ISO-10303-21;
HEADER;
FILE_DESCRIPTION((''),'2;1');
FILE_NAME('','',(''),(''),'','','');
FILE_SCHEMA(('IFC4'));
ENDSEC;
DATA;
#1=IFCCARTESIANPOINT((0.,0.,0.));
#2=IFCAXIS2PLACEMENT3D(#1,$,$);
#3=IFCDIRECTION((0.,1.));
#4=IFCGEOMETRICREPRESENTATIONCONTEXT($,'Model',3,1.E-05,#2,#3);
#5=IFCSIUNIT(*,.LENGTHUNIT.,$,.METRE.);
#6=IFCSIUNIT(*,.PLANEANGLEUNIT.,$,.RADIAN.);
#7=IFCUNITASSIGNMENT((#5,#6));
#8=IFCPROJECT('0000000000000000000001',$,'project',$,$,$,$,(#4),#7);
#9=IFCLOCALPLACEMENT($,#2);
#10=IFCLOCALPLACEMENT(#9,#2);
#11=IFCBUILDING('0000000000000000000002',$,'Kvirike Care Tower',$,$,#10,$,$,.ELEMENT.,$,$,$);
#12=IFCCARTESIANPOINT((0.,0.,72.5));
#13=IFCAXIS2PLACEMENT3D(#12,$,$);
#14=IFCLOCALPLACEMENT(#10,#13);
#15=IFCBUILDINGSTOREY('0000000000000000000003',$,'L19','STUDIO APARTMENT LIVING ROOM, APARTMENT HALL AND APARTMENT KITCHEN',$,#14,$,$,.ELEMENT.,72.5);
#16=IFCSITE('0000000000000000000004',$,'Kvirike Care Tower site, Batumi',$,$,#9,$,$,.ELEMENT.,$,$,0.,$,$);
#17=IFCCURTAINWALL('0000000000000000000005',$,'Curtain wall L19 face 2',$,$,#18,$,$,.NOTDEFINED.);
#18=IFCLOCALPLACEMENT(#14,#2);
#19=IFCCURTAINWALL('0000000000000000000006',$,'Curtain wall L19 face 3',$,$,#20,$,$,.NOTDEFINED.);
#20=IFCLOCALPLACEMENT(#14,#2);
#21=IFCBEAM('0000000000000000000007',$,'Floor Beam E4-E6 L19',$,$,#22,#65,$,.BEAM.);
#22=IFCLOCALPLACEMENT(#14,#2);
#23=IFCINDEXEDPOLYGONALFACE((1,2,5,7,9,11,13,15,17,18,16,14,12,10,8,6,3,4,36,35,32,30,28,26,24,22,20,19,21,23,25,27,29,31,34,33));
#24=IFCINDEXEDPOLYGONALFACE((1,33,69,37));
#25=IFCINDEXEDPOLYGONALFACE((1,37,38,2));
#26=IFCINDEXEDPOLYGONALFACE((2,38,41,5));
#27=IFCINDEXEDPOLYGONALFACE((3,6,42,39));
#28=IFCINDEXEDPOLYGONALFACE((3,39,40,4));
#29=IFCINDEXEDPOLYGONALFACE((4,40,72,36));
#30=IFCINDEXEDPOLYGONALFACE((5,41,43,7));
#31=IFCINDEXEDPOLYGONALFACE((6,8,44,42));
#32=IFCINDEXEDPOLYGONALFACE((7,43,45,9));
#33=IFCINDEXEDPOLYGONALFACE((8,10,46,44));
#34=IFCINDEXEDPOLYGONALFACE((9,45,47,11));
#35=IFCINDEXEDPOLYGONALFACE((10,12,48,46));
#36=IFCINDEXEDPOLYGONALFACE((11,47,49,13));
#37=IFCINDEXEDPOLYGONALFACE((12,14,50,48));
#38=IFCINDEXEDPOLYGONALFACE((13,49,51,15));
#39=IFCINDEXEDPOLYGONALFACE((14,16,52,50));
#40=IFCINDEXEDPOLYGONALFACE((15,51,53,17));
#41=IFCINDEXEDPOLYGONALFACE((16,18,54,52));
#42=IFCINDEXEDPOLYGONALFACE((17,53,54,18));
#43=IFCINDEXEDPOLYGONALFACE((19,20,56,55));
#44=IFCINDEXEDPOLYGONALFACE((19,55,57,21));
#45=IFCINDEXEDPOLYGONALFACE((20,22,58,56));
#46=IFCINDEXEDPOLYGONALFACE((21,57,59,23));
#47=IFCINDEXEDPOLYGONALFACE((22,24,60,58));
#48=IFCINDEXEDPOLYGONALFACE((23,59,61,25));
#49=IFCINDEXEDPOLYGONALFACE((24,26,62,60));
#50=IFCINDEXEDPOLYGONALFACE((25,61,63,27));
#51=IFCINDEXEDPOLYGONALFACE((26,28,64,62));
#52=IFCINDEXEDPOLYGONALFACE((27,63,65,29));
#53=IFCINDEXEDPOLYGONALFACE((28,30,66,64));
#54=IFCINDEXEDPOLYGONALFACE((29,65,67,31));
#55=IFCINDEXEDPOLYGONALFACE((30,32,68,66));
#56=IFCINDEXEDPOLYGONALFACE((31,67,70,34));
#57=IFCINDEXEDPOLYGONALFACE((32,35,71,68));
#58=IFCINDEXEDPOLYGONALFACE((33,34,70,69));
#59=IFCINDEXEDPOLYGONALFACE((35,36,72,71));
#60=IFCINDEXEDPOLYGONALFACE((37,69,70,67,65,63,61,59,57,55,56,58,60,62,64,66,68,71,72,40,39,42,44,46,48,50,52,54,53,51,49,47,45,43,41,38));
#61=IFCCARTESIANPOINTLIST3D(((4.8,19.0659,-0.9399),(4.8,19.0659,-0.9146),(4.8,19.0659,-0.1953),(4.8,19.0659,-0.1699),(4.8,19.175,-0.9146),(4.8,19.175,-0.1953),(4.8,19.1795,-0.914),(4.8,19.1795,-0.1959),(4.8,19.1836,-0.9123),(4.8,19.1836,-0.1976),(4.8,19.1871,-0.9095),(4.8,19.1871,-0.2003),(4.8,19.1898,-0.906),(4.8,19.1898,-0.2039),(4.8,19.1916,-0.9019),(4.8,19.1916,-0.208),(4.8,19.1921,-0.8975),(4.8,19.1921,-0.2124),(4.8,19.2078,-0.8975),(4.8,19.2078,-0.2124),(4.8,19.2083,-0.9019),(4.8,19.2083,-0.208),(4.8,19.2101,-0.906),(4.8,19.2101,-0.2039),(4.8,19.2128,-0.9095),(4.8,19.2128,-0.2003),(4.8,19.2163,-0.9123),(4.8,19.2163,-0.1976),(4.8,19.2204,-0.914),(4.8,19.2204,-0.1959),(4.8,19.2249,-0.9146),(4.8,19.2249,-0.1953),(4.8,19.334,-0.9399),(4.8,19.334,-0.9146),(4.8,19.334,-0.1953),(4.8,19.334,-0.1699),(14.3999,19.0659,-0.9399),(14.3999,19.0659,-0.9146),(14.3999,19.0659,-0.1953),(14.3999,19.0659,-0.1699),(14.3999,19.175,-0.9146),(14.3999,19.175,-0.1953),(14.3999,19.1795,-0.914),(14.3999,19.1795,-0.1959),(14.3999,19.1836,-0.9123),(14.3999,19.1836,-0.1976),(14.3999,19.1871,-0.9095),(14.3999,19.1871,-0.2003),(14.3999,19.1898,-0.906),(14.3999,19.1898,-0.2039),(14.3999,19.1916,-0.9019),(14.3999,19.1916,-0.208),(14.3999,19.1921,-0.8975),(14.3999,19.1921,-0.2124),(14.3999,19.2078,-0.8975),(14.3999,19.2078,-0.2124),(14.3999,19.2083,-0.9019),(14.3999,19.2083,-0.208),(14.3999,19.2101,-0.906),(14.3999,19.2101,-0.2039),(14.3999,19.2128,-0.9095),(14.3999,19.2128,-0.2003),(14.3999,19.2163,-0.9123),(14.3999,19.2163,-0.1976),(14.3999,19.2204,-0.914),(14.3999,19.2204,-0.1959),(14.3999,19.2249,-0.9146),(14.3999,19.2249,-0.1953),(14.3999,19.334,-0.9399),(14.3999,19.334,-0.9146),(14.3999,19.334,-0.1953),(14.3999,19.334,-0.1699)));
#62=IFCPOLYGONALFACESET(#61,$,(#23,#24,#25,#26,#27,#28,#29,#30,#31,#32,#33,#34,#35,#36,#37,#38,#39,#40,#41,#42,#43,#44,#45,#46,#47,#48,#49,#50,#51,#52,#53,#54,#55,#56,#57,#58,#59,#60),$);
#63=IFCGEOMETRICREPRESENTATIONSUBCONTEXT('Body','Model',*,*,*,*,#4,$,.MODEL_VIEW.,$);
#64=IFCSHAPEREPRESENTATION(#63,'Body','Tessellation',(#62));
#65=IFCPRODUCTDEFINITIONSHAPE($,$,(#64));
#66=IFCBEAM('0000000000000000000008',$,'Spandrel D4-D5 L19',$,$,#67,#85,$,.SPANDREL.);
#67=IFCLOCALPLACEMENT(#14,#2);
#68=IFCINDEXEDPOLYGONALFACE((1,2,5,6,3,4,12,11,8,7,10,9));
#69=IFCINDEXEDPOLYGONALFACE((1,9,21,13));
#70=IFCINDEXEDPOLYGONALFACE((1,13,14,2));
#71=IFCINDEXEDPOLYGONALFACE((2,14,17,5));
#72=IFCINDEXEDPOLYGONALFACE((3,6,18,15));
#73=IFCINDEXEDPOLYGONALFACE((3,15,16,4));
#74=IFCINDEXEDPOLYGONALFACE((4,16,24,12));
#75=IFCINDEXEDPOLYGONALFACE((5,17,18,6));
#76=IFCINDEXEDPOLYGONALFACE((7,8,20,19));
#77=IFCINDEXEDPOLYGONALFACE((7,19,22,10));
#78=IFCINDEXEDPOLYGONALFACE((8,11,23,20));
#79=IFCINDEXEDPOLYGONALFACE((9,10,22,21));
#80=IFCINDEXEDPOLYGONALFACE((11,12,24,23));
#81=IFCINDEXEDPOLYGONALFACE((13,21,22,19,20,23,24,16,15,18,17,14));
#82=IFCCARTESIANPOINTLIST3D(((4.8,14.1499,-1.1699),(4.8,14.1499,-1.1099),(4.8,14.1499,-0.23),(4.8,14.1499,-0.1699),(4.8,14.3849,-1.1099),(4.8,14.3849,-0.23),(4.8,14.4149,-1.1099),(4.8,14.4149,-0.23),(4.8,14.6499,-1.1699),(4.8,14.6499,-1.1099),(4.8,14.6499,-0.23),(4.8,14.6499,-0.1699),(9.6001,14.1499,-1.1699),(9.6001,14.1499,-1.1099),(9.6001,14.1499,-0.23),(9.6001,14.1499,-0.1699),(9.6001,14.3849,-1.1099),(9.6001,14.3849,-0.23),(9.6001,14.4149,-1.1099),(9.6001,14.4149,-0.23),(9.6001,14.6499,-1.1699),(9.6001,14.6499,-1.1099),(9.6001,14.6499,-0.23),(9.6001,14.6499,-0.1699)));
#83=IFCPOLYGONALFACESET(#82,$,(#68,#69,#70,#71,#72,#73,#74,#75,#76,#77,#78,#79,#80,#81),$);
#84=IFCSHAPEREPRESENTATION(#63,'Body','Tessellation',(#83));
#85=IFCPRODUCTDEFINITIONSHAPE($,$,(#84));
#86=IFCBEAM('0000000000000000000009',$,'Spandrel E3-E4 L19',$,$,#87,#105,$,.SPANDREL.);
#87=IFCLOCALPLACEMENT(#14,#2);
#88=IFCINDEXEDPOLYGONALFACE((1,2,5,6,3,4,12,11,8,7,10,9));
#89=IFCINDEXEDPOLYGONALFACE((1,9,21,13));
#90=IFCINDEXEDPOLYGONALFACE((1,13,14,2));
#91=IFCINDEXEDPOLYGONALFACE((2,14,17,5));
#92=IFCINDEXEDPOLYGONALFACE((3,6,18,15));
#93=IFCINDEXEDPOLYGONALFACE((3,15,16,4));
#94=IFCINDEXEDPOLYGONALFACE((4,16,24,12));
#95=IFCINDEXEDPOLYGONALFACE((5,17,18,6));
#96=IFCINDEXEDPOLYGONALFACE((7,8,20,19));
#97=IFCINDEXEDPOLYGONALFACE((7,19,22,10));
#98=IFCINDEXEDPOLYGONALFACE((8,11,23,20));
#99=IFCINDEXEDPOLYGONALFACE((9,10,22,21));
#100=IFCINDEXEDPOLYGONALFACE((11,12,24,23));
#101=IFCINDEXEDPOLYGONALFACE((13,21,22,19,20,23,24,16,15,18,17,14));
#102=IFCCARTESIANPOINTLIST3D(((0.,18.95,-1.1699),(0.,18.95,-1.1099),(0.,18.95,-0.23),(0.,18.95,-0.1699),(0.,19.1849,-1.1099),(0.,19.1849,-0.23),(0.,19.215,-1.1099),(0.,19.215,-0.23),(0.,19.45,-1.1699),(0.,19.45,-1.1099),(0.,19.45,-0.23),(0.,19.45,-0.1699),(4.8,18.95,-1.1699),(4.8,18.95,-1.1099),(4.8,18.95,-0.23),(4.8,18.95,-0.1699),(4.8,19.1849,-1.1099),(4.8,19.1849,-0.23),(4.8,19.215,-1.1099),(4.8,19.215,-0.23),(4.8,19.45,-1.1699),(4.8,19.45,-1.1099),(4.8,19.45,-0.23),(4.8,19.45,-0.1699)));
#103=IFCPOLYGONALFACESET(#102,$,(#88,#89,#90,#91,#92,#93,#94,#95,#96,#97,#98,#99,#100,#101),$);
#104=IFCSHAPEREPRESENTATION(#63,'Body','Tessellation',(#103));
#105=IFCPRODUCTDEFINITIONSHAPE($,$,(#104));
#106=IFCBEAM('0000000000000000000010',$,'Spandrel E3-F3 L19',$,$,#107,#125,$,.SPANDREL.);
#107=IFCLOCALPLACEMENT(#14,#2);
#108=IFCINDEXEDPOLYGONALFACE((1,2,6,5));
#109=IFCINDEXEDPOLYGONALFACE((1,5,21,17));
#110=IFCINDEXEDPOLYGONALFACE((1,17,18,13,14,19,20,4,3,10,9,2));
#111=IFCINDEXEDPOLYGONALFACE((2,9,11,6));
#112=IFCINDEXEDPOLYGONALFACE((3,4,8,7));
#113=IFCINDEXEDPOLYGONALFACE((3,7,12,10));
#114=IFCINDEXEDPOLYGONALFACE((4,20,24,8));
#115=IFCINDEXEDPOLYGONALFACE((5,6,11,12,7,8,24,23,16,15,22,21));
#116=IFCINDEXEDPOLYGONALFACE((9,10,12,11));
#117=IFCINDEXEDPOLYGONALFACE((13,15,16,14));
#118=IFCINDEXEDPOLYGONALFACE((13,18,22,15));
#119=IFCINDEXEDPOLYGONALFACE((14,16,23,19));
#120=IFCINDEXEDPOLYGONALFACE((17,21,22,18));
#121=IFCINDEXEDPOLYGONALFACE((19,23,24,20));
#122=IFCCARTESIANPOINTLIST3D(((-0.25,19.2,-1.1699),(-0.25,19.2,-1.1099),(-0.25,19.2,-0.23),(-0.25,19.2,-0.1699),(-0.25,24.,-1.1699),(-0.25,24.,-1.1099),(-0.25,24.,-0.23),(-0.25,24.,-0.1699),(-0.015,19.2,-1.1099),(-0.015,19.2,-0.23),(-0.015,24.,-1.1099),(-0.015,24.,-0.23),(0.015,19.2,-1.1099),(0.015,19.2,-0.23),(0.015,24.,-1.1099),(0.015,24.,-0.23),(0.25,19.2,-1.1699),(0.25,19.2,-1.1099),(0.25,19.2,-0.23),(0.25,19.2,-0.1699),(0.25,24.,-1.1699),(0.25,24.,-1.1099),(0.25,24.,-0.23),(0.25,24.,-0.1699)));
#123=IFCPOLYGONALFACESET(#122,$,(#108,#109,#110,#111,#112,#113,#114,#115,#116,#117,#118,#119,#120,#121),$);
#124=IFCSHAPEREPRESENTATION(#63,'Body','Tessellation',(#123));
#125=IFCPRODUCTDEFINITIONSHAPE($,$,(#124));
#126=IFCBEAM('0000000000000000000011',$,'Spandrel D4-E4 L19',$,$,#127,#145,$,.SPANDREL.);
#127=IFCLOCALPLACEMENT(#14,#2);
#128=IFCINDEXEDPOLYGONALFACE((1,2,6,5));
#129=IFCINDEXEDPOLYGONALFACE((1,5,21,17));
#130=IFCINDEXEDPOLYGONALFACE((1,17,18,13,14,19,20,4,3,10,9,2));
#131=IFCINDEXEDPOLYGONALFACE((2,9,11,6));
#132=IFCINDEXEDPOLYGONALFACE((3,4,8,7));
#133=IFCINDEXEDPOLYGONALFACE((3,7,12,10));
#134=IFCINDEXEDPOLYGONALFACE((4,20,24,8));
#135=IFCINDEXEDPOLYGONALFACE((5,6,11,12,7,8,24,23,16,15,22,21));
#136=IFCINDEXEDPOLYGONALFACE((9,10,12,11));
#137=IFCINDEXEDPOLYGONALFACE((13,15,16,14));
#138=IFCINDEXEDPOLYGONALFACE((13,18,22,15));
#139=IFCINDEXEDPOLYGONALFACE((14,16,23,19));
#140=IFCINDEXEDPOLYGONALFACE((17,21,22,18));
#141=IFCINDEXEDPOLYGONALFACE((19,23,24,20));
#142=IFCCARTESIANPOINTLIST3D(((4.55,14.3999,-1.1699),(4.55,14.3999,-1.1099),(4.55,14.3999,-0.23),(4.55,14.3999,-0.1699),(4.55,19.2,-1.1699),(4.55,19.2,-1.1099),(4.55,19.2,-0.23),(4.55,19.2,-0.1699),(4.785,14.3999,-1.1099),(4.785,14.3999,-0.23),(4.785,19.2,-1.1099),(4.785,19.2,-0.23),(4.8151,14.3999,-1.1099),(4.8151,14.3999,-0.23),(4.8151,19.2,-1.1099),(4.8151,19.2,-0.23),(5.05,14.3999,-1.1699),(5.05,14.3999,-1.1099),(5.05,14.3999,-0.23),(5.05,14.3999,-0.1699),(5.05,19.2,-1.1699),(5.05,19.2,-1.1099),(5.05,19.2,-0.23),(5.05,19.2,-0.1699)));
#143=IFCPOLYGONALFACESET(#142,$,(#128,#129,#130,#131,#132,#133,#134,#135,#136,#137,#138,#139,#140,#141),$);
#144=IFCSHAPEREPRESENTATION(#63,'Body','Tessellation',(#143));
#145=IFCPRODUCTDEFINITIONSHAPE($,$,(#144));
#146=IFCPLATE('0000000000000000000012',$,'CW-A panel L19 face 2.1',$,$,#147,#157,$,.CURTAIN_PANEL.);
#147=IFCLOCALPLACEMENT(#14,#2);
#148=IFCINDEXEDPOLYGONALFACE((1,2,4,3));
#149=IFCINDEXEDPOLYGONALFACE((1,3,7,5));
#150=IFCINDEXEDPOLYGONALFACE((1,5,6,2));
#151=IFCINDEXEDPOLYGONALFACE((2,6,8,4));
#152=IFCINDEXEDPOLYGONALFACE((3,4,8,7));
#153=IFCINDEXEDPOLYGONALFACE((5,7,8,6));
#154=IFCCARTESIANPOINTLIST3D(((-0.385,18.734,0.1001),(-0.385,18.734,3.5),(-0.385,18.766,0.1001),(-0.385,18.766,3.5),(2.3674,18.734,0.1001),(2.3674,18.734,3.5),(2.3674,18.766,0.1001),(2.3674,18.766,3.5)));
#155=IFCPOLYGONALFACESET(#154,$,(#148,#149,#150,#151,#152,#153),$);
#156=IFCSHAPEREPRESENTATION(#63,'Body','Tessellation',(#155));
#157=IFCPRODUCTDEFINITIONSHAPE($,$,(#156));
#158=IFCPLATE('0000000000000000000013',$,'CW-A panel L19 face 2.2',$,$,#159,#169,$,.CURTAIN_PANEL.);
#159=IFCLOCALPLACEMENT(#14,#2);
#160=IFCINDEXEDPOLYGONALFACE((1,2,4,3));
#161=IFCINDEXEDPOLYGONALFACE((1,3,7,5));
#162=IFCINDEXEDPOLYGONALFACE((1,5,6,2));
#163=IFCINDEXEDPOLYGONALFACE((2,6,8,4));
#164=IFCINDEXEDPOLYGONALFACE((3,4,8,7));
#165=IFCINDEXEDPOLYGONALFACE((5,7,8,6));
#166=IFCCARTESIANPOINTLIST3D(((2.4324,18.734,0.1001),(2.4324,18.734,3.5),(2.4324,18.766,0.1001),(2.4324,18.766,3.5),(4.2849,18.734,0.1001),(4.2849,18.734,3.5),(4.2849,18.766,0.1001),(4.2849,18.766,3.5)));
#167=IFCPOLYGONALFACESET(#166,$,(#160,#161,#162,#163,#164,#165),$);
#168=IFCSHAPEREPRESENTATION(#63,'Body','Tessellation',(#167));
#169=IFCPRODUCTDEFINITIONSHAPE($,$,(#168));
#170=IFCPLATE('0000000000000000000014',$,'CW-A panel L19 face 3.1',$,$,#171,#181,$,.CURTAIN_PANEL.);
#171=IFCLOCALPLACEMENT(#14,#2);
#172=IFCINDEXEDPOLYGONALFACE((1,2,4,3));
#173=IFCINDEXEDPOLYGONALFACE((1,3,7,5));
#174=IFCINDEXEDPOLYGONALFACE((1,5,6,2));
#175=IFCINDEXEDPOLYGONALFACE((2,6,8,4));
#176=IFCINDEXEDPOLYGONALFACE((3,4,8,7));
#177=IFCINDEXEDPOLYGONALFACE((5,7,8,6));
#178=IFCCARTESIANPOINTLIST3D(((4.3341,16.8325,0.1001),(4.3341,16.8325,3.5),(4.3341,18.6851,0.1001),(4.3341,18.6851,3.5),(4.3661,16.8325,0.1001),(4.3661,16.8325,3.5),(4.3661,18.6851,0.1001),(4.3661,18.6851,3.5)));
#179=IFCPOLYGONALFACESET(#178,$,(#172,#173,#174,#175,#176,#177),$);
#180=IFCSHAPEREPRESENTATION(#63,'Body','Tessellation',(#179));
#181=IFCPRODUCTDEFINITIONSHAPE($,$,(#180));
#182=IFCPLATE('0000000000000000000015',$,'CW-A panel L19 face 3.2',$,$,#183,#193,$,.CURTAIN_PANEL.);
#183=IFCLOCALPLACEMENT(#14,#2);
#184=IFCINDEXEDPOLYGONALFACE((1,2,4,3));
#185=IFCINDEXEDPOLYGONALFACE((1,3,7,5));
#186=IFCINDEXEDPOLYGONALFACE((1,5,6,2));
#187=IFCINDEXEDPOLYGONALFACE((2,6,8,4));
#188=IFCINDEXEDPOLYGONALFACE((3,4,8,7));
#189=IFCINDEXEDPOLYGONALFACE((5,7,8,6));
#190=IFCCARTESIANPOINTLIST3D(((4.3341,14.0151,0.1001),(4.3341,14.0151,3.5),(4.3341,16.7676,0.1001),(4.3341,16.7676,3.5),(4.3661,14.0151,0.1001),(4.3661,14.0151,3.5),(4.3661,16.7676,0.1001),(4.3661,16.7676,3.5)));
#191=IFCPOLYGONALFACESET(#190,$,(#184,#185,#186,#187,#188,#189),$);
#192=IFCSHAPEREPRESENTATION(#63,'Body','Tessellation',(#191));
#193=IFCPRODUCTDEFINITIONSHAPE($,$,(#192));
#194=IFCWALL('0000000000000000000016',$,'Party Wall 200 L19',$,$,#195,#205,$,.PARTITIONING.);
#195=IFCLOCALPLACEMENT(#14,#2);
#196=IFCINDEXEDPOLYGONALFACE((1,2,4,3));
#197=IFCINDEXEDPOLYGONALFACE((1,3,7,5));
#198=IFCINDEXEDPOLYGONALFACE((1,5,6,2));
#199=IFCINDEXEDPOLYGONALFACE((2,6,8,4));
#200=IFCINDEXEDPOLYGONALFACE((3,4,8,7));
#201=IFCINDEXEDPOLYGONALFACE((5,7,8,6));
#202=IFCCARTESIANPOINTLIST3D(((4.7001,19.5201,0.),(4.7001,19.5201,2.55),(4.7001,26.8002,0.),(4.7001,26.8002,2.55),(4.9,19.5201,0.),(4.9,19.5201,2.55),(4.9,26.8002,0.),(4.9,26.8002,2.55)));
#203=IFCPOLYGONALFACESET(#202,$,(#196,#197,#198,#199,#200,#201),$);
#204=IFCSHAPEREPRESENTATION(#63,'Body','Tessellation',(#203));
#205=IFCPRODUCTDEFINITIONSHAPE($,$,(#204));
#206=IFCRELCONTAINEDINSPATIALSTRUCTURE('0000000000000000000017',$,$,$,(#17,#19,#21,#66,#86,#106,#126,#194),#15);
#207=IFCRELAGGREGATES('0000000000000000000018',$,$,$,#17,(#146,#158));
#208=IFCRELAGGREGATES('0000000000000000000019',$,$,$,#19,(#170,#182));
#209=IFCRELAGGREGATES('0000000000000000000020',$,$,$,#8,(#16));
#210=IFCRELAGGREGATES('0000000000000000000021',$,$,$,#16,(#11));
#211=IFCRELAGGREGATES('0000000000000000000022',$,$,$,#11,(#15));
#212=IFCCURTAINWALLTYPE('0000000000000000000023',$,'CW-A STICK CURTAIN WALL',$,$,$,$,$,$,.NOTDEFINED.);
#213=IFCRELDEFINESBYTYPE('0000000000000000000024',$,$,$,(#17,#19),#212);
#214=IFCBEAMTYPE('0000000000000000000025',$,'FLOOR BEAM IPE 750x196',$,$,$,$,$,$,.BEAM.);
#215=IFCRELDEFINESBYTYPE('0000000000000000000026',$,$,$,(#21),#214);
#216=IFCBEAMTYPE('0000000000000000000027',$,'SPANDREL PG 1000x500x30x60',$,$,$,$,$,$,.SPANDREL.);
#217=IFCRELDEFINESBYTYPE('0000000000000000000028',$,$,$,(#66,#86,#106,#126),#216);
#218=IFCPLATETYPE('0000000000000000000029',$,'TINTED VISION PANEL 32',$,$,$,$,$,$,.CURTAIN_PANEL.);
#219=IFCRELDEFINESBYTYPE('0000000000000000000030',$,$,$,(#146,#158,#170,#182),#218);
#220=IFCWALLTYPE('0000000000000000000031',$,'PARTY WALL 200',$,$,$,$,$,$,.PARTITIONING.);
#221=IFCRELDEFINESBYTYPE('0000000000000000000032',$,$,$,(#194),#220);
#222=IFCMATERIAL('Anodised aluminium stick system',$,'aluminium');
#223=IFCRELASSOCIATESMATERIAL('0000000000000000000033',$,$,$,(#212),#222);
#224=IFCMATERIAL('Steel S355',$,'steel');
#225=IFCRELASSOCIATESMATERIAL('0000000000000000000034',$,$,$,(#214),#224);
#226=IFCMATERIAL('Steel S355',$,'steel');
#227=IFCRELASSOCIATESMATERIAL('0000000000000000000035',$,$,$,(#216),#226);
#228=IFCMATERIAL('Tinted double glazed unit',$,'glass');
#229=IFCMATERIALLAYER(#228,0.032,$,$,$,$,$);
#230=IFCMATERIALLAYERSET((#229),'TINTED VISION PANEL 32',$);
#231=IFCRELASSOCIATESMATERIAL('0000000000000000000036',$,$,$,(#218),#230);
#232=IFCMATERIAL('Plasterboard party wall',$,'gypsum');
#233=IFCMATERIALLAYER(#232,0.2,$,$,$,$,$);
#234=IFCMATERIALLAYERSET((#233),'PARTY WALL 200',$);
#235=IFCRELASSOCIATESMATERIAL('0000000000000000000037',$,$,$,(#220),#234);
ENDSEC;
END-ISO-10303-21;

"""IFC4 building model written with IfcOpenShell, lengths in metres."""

from ifc_helpers import new_model, si_unit, direction, frame, frame_2d, origin, origin_2d, place, context, subcontext, project, spatial, rectangle, i_section, extrude, material, layer, layer_set, material_profile, profile_set, type_object, element, aggregate, save


model = new_model("IFC4")

# Units and contexts
model_context = context("Model", 3, precision=1e-05, world=origin(), true_north=direction((0.0, 1.0)))
body_context = subcontext(model_context, "Body", "Model", "MODEL_VIEW")
ifc_project = project(units=[si_unit("LENGTHUNIT", "METRE"), si_unit("PLANEANGLEUNIT", "RADIAN")], contexts=[model_context])

# Site, building, storey
site_placement = place(None, origin())
site = spatial("IfcSite", under=ifc_project, at=site_placement, Name="Kvirike Care Tower site, Batumi", CompositionType="ELEMENT", RefElevation=0.0)
building_placement = place(site_placement, origin())
building = spatial("IfcBuilding", under=site, at=building_placement, Name="Kvirike Care Tower", CompositionType="ELEMENT")
storey_placement = place(building_placement, frame((0.0, 0.0, 72.5)))
storey = spatial("IfcBuildingStorey", under=building, at=storey_placement, Name="L19", Description="STUDIO APARTMENT LIVING ROOM, APARTMENT HALL AND APARTMENT KITCHEN", CompositionType="ELEMENT", Elevation=72.5)

# Shared definitions
ifc_material_1 = material(Name="Anodised aluminium stick system", Category="aluminium")
curtain_wall_type = type_object("IfcCurtainWallType", Name="CW-A STICK CURTAIN WALL", PredefinedType="NOTDEFINED", material=ifc_material_1)

# Curtain walls
curtain_wall_1_placement = place(storey_placement, origin())
curtain_wall_1 = element("IfcCurtainWall", 1, at=curtain_wall_1_placement, inside=storey, type_object=curtain_wall_type, Name="Curtain wall L19 face 2", PredefinedType="NOTDEFINED")
curtain_wall_2_placement = place(storey_placement, origin())
curtain_wall_2 = element("IfcCurtainWall", 2, at=curtain_wall_2_placement, inside=storey, type_object=curtain_wall_type, Name="Curtain wall L19 face 3", PredefinedType="NOTDEFINED")

# Beams
ifc_material_2 = material(Name="Steel S355", Category="steel")
ifc_material_profile_1 = material_profile(ifc_material_2, i_section(OverallWidth=0.2681, OverallDepth=0.77, WebThickness=0.0156, FlangeThickness=0.0254, FilletRadius=0.0171, at=origin_2d()), Name="IPE 750x196")
ifc_profile_set_1 = profile_set([ifc_material_profile_1], Name="Steel S355")
beam_type_1 = type_object("IfcBeamType", Name="FLOOR BEAM IPE 750x196", PredefinedType="BEAM", material=ifc_profile_set_1)
beam_placement = place(storey_placement, frame((4.8, 19.2, -0.5549), z_axis=(1.0, 0.0, 0.0), x_axis=(0.0, 1.0, 0.0)))
element("IfcBeam", 3, at=beam_placement, inside=storey, type_object=beam_type_1, Name="Floor Beam E4-E6 L19", PredefinedType="BEAM", context=body_context, shape_type="SweptSolid", body=[
    extrude(i_section(OverallWidth=0.2681, OverallDepth=0.77, WebThickness=0.0156, FlangeThickness=0.0254, FilletRadius=0.0171, at=origin_2d()), origin(), (0.0, 0.0, 1.0), 9.5999),
])
ifc_material_3 = material(Name="Steel S355", Category="steel")
ifc_material_profile_2 = material_profile(ifc_material_3, i_section(OverallWidth=0.5, OverallDepth=1.0, WebThickness=0.03, FlangeThickness=0.0601, at=origin_2d()), Name="PG 1000x500x30x60")
ifc_profile_set_2 = profile_set([ifc_material_profile_2], Name="Steel S355")
beam_type_2 = type_object("IfcBeamType", Name="SPANDREL PG 1000x500x30x60", PredefinedType="SPANDREL", material=ifc_profile_set_2)
for number, where, z_axis, x_axis, name in (
    (4, (4.8, 14.3999, -0.6699), (1.0, 0.0, 0.0), (0.0, 1.0, 0.0), "Spandrel D4-D5 L19"),
    (5, (0.0, 19.2, -0.6699), (1.0, 0.0, 0.0), (0.0, 1.0, 0.0), "Spandrel E3-E4 L19"),
    (6, (0.0, 19.2, -0.6699), (0.0, 1.0, 0.0), (-1.0, 0.0, 0.0), "Spandrel E3-F3 L19"),
    (7, (4.8, 14.3999, -0.6699), (0.0, 1.0, 0.0), (-1.0, 0.0, 0.0), "Spandrel D4-E4 L19"),
):
    element("IfcBeam", number, at=place(storey_placement, frame(where, z_axis=z_axis, x_axis=x_axis)), inside=storey, type_object=beam_type_2, Name=name, PredefinedType="SPANDREL", context=body_context, shape_type="SweptSolid", body=[
        extrude(i_section(OverallWidth=0.5, OverallDepth=1.0, WebThickness=0.03, FlangeThickness=0.0601, at=origin_2d()), origin(), (0.0, 0.0, 1.0), 4.8),
    ])

# Plates
ifc_material_4 = material(Name="Tinted double glazed unit", Category="glass")
ifc_layer_1 = layer(ifc_material_4, 0.032)
ifc_layer_set_1 = layer_set([ifc_layer_1], Name="TINTED VISION PANEL 32")
plate_type = type_object("IfcPlateType", Name="TINTED VISION PANEL 32", PredefinedType="CURTAIN_PANEL", material=ifc_layer_set_1)
plate_1_placement = place(storey_placement, frame((0.9912, 18.75, 0.1001), z_axis=(0.0, 0.0, 1.0), x_axis=(1.0, 0.0, 0.0)))
plate_1 = element("IfcPlate", 8, at=plate_1_placement, type_object=plate_type, Name="CW-A panel L19 face 2.1", PredefinedType="CURTAIN_PANEL", context=body_context, shape_type="SweptSolid", body=[
    extrude(rectangle(XDim=2.7524, YDim=0.032, at=origin_2d()), origin(), (0.0, 0.0, 1.0), 3.3999),
])
plate_2_placement = place(storey_placement, frame((3.3586, 18.75, 0.1001), z_axis=(0.0, 0.0, 1.0), x_axis=(1.0, 0.0, 0.0)))
plate_2 = element("IfcPlate", 9, at=plate_2_placement, type_object=plate_type, Name="CW-A panel L19 face 2.2", PredefinedType="CURTAIN_PANEL", context=body_context, shape_type="SweptSolid", body=[
    extrude(rectangle(XDim=1.8525, YDim=0.032, at=origin_2d()), origin(), (0.0, 0.0, 1.0), 3.3999),
])
aggregate(curtain_wall_1, [plate_1, plate_2])
plate_3_placement = place(storey_placement, frame((4.3501, 17.7588, 0.1001), z_axis=(0.0, 0.0, 1.0), x_axis=(0.0, -1.0, 0.0)))
plate_3 = element("IfcPlate", 10, at=plate_3_placement, type_object=plate_type, Name="CW-A panel L19 face 3.1", PredefinedType="CURTAIN_PANEL", context=body_context, shape_type="SweptSolid", body=[
    extrude(rectangle(XDim=1.8525, YDim=0.032, at=origin_2d()), origin(), (0.0, 0.0, 1.0), 3.3999),
])
plate_4_placement = place(storey_placement, frame((4.3501, 15.3914, 0.1001), z_axis=(0.0, 0.0, 1.0), x_axis=(0.0, -1.0, 0.0)))
plate_4 = element("IfcPlate", 11, at=plate_4_placement, type_object=plate_type, Name="CW-A panel L19 face 3.2", PredefinedType="CURTAIN_PANEL", context=body_context, shape_type="SweptSolid", body=[
    extrude(rectangle(XDim=2.7524, YDim=0.032, at=origin_2d()), origin(), (0.0, 0.0, 1.0), 3.3999),
])
aggregate(curtain_wall_2, [plate_3, plate_4])

# Wall
ifc_material_5 = material(Name="Plasterboard party wall", Category="gypsum")
ifc_layer_2 = layer(ifc_material_5, 0.2)
ifc_layer_set_2 = layer_set([ifc_layer_2], Name="PARTY WALL 200")
wall_type = type_object("IfcWallType", Name="PARTY WALL 200", PredefinedType="PARTITIONING", material=ifc_layer_set_2)
wall_placement = place(storey_placement, frame((4.8, 19.52, 0.0), z_axis=(0.0, 0.0, 1.0), x_axis=(0.0, 1.0, 0.0)))
element("IfcWall", 12, at=wall_placement, inside=storey, type_object=wall_type, Name="Party Wall 200 L19", PredefinedType="PARTITIONING", context=body_context, shape_type="SweptSolid", body=[
    extrude(rectangle(XDim=7.28, YDim=0.2, at=frame_2d((3.6401, 0.0))), origin(), (0.0, 0.0, 1.0), 2.55),
])

save(model, "model.ifc")
